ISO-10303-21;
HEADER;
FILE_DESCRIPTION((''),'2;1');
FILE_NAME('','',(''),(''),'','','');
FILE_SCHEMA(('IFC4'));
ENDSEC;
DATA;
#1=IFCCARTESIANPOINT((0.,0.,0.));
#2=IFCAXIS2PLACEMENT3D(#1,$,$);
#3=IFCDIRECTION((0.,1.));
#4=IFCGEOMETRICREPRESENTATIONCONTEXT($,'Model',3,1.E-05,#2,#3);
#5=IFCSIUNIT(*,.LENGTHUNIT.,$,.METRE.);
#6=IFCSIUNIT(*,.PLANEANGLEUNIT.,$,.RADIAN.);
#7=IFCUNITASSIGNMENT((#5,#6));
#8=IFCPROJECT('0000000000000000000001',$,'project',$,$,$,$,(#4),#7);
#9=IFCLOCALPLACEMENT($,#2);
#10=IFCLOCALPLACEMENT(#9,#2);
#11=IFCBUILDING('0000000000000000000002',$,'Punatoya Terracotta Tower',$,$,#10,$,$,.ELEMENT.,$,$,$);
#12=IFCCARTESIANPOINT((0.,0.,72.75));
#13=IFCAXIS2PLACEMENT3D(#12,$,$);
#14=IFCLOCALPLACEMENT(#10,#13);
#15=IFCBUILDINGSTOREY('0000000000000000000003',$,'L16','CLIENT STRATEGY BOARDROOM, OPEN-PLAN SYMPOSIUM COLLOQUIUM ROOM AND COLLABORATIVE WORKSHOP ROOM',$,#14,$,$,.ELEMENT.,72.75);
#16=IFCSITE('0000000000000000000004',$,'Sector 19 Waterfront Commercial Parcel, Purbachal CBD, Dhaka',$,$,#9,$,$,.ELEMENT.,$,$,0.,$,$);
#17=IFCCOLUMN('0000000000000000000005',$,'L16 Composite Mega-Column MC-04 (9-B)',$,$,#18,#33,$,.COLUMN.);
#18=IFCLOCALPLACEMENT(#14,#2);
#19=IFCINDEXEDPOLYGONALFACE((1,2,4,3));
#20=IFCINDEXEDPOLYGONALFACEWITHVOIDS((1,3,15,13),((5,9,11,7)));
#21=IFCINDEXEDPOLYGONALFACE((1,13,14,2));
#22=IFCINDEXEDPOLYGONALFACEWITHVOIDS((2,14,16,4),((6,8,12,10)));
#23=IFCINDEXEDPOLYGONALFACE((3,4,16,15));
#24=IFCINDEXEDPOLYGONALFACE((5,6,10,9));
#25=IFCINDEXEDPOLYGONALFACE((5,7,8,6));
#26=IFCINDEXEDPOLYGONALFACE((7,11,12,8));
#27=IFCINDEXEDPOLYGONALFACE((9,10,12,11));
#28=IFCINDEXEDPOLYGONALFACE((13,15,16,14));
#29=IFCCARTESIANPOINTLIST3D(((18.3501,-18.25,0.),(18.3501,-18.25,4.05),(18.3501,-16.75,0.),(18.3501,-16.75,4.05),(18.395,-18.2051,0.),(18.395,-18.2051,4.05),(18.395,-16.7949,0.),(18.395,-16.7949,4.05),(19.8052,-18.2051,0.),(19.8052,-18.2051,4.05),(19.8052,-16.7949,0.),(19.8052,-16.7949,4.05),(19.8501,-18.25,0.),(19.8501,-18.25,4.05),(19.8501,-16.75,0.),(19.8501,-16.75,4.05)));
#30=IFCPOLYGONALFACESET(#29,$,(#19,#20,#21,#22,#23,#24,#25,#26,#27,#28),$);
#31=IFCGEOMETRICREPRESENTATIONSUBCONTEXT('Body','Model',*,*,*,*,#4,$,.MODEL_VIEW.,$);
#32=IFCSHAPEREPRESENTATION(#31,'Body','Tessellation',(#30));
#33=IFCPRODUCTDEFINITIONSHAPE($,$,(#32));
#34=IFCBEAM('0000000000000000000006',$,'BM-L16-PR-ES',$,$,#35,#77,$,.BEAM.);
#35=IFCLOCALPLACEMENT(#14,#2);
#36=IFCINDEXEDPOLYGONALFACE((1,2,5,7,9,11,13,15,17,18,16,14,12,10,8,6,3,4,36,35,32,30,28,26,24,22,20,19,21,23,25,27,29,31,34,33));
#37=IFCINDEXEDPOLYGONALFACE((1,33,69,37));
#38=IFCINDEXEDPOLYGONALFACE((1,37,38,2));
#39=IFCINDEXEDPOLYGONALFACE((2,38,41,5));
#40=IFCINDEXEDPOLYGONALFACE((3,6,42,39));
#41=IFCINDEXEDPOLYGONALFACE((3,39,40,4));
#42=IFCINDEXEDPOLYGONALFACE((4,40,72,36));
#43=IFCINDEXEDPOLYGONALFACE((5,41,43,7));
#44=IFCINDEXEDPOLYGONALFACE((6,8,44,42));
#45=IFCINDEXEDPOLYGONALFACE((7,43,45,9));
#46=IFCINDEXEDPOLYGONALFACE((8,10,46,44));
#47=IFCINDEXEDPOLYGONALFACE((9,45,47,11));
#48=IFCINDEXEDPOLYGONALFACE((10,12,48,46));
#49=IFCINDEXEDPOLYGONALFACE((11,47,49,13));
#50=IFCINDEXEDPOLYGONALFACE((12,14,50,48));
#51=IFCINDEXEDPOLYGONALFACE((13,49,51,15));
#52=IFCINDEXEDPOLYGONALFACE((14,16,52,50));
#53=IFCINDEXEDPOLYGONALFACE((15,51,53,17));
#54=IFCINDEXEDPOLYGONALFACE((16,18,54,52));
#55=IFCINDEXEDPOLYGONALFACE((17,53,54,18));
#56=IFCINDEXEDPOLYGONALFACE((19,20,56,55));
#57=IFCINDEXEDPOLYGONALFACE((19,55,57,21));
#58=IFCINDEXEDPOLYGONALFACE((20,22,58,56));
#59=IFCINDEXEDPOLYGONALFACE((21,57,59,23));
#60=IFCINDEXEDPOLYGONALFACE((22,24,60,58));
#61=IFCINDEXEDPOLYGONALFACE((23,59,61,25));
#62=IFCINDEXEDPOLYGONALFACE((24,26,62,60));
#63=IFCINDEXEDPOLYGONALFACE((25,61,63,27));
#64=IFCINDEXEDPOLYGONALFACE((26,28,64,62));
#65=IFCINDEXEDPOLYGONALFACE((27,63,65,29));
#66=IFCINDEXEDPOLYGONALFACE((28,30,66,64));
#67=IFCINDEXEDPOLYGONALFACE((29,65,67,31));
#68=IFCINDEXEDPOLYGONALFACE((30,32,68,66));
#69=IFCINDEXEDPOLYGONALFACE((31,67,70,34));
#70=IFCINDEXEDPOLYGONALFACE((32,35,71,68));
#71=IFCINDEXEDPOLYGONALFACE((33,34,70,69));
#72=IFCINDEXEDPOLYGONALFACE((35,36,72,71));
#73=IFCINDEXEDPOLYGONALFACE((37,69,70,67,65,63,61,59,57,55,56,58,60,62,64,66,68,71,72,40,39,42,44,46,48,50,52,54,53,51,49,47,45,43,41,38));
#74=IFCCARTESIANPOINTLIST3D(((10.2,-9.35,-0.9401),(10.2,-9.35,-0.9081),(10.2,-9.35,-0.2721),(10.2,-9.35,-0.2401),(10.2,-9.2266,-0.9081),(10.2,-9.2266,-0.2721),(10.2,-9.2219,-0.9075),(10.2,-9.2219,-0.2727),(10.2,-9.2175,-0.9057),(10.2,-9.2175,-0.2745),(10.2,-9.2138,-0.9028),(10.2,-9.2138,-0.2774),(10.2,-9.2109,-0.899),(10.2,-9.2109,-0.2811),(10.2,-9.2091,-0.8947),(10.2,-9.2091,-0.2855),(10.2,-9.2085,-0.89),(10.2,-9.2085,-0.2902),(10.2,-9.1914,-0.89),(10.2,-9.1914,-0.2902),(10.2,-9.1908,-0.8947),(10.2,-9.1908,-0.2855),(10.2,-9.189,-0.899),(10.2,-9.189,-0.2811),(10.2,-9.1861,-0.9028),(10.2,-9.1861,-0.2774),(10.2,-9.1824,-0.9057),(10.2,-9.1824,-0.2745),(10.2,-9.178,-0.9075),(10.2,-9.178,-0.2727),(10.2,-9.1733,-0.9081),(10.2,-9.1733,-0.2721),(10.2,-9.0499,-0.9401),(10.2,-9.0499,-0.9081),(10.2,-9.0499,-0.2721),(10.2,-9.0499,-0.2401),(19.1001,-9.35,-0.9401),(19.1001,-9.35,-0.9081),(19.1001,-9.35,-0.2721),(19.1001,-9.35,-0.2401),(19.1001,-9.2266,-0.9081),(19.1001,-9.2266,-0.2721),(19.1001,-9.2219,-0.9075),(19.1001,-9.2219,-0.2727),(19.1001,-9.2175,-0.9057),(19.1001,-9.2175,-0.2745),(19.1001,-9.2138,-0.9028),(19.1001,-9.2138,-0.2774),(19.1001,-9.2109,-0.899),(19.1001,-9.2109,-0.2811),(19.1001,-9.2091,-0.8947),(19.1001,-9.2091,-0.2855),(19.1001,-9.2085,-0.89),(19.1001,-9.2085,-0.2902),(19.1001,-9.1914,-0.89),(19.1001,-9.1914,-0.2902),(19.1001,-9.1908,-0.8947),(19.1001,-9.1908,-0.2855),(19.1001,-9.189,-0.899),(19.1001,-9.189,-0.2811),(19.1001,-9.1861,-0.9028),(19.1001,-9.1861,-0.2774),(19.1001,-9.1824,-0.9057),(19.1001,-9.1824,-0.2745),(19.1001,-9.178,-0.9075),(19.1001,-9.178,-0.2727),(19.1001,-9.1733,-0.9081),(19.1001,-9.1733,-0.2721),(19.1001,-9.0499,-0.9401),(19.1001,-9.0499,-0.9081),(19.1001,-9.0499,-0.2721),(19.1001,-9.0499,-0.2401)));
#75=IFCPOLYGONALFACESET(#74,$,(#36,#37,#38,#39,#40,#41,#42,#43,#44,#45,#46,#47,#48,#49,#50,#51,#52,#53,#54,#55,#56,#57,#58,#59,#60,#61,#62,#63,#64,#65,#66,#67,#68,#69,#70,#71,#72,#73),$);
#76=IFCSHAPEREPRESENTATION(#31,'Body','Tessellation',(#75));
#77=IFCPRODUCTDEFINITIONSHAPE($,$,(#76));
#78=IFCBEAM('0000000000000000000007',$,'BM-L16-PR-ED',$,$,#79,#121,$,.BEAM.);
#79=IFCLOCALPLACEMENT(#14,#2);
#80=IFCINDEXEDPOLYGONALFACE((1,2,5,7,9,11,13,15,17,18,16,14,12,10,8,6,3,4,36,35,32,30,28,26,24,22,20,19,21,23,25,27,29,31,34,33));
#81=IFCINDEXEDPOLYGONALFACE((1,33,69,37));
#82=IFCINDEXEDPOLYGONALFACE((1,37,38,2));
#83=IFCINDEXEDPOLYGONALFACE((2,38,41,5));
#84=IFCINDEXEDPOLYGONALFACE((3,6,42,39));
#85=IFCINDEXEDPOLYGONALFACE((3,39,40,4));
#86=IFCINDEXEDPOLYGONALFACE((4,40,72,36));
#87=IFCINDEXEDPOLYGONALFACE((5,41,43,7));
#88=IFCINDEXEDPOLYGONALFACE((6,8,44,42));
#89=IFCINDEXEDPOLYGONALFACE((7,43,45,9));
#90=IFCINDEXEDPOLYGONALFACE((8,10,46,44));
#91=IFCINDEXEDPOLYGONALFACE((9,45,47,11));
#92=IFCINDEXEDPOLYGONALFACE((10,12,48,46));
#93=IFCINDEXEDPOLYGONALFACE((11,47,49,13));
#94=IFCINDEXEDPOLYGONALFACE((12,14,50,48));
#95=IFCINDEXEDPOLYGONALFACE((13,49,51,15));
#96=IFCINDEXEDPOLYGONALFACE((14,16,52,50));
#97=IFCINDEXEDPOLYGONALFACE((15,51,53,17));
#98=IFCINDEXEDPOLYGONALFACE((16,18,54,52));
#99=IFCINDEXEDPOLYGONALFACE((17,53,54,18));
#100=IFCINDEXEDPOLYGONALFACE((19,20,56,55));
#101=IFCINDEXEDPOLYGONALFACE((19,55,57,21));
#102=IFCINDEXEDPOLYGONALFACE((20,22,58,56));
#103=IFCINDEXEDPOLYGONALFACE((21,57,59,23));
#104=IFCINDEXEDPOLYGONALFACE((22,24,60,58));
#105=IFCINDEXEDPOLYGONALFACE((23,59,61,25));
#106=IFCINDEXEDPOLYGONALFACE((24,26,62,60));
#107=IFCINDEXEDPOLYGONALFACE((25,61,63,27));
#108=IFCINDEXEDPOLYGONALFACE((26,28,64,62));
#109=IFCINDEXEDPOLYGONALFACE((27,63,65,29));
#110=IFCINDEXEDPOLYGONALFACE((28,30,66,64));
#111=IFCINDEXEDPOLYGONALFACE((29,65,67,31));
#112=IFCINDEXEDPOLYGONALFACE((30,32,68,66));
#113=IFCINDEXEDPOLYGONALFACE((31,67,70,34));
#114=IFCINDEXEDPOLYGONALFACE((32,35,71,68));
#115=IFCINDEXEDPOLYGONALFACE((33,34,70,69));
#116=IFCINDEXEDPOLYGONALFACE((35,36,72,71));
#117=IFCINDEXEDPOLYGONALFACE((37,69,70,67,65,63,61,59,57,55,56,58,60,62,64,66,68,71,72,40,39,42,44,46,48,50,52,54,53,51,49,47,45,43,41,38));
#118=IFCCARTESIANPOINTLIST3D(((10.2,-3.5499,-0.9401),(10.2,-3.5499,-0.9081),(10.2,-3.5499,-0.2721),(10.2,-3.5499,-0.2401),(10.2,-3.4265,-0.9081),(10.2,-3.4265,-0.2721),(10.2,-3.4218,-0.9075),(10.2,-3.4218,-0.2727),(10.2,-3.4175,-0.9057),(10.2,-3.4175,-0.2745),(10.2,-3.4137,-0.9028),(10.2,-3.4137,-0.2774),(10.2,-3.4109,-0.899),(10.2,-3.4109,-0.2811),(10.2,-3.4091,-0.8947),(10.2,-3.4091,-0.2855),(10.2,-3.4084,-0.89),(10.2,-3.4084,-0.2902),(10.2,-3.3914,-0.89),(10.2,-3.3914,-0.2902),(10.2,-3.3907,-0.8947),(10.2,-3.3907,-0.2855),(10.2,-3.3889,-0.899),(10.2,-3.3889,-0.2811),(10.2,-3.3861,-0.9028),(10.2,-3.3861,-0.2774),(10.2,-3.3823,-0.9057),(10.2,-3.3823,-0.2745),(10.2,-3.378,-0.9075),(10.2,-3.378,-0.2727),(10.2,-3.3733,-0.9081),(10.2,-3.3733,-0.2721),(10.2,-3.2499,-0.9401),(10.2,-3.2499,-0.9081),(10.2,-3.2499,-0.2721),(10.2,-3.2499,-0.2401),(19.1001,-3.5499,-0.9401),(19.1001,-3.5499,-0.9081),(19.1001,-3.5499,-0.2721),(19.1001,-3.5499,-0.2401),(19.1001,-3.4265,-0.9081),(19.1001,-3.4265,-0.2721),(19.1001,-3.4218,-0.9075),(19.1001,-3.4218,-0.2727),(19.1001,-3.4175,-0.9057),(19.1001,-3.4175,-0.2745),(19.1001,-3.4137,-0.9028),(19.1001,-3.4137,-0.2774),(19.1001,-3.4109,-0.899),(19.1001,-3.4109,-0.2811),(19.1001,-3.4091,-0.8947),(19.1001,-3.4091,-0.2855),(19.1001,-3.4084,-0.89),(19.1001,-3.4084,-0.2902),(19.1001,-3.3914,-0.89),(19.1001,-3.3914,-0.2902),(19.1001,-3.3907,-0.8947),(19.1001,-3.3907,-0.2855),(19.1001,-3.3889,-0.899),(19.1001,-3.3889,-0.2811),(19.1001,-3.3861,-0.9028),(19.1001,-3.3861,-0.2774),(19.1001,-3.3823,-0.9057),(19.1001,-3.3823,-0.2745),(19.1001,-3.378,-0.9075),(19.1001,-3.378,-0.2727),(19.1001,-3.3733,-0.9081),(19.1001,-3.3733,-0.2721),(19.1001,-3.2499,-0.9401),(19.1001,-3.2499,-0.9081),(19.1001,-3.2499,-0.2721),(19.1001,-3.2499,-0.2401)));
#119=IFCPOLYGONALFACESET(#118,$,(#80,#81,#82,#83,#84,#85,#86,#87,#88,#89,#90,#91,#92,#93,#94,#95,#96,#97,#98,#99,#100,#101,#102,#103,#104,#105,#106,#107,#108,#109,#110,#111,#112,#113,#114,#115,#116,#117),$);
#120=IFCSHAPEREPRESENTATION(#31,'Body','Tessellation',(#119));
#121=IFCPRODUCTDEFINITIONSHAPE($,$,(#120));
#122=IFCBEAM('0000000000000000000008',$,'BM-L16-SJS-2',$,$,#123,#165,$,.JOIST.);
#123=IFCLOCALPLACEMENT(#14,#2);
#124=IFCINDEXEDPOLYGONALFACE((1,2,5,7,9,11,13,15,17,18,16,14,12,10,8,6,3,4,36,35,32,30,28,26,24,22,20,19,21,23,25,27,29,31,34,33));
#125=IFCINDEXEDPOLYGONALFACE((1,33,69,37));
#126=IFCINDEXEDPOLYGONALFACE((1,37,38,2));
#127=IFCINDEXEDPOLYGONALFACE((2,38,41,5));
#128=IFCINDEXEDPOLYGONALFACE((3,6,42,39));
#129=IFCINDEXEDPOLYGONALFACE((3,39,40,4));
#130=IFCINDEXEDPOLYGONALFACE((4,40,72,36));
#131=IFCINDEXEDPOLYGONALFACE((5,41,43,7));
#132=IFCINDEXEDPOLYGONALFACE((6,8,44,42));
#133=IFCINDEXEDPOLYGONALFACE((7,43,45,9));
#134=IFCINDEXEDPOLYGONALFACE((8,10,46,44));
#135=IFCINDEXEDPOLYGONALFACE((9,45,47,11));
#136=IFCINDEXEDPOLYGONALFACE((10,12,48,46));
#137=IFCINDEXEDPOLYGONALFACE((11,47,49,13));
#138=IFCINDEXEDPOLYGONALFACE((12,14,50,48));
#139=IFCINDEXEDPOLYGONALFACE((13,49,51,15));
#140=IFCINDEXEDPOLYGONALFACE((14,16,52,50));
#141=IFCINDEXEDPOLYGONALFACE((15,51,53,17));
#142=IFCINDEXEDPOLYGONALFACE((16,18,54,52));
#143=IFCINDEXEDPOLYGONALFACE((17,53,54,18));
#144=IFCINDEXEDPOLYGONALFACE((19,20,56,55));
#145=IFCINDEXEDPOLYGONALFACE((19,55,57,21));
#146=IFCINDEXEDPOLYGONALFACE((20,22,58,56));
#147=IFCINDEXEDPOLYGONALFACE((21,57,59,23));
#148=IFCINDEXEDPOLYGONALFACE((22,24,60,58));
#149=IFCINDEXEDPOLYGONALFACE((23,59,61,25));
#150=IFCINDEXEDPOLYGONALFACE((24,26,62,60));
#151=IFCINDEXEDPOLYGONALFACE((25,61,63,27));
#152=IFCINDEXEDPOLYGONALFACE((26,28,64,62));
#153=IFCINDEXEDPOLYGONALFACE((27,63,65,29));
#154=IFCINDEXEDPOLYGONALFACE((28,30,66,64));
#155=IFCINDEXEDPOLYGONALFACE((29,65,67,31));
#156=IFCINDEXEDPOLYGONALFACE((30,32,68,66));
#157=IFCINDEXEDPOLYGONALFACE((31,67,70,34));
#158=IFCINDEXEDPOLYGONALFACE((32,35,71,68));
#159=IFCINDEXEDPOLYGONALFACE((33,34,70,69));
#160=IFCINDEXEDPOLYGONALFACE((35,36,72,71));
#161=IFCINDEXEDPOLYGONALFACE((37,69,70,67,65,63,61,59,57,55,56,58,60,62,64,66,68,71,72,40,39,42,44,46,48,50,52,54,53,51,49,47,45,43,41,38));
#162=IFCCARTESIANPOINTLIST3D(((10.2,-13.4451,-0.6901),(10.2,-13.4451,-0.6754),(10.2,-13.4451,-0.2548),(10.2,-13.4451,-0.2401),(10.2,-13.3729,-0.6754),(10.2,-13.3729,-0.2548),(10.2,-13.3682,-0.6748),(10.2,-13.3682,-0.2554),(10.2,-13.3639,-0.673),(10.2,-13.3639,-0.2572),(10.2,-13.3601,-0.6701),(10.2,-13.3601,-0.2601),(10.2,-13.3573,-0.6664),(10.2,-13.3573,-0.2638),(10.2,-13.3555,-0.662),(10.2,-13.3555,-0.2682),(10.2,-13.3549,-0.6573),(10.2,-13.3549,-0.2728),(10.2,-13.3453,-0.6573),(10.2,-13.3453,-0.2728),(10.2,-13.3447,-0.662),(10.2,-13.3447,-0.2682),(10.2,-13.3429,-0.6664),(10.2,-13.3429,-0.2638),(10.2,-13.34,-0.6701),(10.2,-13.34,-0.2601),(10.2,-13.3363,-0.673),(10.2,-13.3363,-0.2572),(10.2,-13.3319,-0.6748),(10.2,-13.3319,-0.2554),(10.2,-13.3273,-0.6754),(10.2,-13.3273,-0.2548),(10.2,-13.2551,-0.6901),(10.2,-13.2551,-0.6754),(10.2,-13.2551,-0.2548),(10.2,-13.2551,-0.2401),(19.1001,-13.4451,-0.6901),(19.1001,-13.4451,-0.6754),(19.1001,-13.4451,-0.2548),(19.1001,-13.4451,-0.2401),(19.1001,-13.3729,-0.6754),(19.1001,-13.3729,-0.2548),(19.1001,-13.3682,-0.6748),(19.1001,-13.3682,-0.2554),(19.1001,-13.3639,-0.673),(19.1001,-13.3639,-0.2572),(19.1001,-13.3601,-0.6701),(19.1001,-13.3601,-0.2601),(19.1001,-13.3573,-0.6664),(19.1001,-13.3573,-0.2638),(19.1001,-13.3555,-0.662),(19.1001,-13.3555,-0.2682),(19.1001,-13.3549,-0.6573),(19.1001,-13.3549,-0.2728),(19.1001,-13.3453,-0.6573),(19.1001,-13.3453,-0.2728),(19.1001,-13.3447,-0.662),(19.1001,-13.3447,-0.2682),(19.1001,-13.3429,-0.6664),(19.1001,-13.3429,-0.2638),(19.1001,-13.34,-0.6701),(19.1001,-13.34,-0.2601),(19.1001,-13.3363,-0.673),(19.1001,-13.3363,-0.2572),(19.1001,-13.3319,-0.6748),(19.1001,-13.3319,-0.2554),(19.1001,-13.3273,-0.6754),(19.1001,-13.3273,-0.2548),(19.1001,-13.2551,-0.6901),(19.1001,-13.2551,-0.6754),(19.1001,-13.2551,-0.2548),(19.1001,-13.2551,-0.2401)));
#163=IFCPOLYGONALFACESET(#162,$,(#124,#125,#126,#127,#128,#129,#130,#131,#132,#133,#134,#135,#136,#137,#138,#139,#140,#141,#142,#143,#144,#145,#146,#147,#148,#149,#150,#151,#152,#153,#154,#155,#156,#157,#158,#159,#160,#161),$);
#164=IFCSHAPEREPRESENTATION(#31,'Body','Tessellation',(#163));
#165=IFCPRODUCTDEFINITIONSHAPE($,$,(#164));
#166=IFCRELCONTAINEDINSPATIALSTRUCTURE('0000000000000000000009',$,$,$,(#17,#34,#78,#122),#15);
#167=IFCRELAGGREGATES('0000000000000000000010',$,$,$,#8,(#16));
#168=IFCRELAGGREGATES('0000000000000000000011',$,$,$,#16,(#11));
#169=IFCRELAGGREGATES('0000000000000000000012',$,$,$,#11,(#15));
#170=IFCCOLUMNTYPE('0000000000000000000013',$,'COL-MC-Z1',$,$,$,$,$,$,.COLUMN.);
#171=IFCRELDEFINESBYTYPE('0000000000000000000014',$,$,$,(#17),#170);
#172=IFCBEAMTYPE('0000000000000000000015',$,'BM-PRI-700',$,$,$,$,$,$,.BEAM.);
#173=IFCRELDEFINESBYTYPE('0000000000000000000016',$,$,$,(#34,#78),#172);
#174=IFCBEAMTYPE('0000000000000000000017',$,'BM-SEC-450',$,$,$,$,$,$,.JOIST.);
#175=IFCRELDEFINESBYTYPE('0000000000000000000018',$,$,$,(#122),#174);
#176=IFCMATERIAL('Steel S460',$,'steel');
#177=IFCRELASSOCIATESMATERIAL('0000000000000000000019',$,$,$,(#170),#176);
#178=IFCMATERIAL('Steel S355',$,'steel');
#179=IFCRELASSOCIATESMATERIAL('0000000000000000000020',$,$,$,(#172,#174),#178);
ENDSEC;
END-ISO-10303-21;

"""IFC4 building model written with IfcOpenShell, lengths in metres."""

from ifc_helpers import new_model, si_unit, direction, frame, origin, origin_2d, place, context, subcontext, project, spatial, hollow_rectangle, i_section, extrude, material, material_profile, profile_set, type_object, element, save


model = new_model("IFC4")

# Units and contexts
model_context = context("Model", 3, precision=1e-05, world=origin(), true_north=direction((0.0, 1.0)))
body_context = subcontext(model_context, "Body", "Model", "MODEL_VIEW")
ifc_project = project(units=[si_unit("LENGTHUNIT", "METRE"), si_unit("PLANEANGLEUNIT", "RADIAN")], contexts=[model_context])

# Site, building, storey
site_placement = place(None, origin())
site = spatial("IfcSite", under=ifc_project, at=site_placement, Name="Sector 19 Waterfront Commercial Parcel, Purbachal CBD, Dhaka", CompositionType="ELEMENT", RefElevation=0.0)
building_placement = place(site_placement, origin())
building = spatial("IfcBuilding", under=site, at=building_placement, Name="Punatoya Terracotta Tower", CompositionType="ELEMENT")
storey_placement = place(building_placement, frame((0.0, 0.0, 72.75)))
storey = spatial("IfcBuildingStorey", under=building, at=storey_placement, Name="L16", Description="CLIENT STRATEGY BOARDROOM, OPEN-PLAN SYMPOSIUM COLLOQUIUM ROOM AND COLLABORATIVE WORKSHOP ROOM", CompositionType="ELEMENT", Elevation=72.75)

# Column
ifc_material_1 = material(Name="Steel S460", Category="steel")
ifc_material_profile_1 = material_profile(ifc_material_1, hollow_rectangle(XDim=1.5, YDim=1.5, WallThickness=0.0449, at=origin_2d()))
ifc_profile_set_1 = profile_set([ifc_material_profile_1], Name="Steel S460")
column_type = type_object("IfcColumnType", Name="COL-MC-Z1", PredefinedType="COLUMN", material=ifc_profile_set_1)
column_placement = place(storey_placement, frame((19.1001, -17.5, 0.0), z_axis=(0.0, 0.0, 1.0), x_axis=(1.0, 0.0, 0.0)))
element("IfcColumn", 1, at=column_placement, inside=storey, type_object=column_type, Name="L16 Composite Mega-Column MC-04 (9-B)", PredefinedType="COLUMN", context=body_context, shape_type="SweptSolid", body=[
    extrude(hollow_rectangle(XDim=1.5, YDim=1.5, WallThickness=0.0449, at=origin_2d()), origin(), (0.0, 0.0, 1.0), 4.05),
])

# Beams
ifc_material_2 = material(Name="Steel S355", Category="steel")
ifc_material_profile_2 = material_profile(ifc_material_2, i_section(OverallWidth=0.3, OverallDepth=0.7, WebThickness=0.0171, FlangeThickness=0.032, FilletRadius=0.0181, at=origin_2d()))
ifc_profile_set_2 = profile_set([ifc_material_profile_2], Name="Steel S355")
beam_type_1 = type_object("IfcBeamType", Name="BM-PRI-700", PredefinedType="BEAM", material=ifc_profile_set_2)
for number, where, z_axis, x_axis, name in (
    (2, (10.2, -9.2, -0.5901), (1.0, 0.0, 0.0), (0.0, 1.0, 0.0), "BM-L16-PR-ES"),
    (3, (10.2, -3.3999, -0.5901), (1.0, 0.0, 0.0), (0.0, 1.0, 0.0), "BM-L16-PR-ED"),
):
    element("IfcBeam", number, at=place(storey_placement, frame(where, z_axis=z_axis, x_axis=x_axis)), inside=storey, type_object=beam_type_1, Name=name, PredefinedType="BEAM", context=body_context, shape_type="SweptSolid", body=[
        extrude(i_section(OverallWidth=0.3, OverallDepth=0.7, WebThickness=0.0171, FlangeThickness=0.032, FilletRadius=0.0181, at=origin_2d()), origin(), (0.0, 0.0, 1.0), 8.9001),
    ])
ifc_material_profile_3 = material_profile(ifc_material_2, i_section(OverallWidth=0.1899, OverallDepth=0.45, WebThickness=0.0095, FlangeThickness=0.0146, FilletRadius=0.0181, at=origin_2d()))
ifc_profile_set_3 = profile_set([ifc_material_profile_3], Name="Steel S355")
beam_type_2 = type_object("IfcBeamType", Name="BM-SEC-450", PredefinedType="JOIST", material=ifc_profile_set_3)
beam_placement = place(storey_placement, frame((10.2, -13.3501, -0.4651), z_axis=(1.0, 0.0, 0.0), x_axis=(0.0, 1.0, 0.0)))
element("IfcBeam", 4, at=beam_placement, inside=storey, type_object=beam_type_2, Name="BM-L16-SJS-2", PredefinedType="JOIST", context=body_context, shape_type="SweptSolid", body=[
    extrude(i_section(OverallWidth=0.1899, OverallDepth=0.45, WebThickness=0.0095, FlangeThickness=0.0146, FilletRadius=0.0181, at=origin_2d()), origin(), (0.0, 0.0, 1.0), 8.9001),
])

save(model, "model.ifc")
